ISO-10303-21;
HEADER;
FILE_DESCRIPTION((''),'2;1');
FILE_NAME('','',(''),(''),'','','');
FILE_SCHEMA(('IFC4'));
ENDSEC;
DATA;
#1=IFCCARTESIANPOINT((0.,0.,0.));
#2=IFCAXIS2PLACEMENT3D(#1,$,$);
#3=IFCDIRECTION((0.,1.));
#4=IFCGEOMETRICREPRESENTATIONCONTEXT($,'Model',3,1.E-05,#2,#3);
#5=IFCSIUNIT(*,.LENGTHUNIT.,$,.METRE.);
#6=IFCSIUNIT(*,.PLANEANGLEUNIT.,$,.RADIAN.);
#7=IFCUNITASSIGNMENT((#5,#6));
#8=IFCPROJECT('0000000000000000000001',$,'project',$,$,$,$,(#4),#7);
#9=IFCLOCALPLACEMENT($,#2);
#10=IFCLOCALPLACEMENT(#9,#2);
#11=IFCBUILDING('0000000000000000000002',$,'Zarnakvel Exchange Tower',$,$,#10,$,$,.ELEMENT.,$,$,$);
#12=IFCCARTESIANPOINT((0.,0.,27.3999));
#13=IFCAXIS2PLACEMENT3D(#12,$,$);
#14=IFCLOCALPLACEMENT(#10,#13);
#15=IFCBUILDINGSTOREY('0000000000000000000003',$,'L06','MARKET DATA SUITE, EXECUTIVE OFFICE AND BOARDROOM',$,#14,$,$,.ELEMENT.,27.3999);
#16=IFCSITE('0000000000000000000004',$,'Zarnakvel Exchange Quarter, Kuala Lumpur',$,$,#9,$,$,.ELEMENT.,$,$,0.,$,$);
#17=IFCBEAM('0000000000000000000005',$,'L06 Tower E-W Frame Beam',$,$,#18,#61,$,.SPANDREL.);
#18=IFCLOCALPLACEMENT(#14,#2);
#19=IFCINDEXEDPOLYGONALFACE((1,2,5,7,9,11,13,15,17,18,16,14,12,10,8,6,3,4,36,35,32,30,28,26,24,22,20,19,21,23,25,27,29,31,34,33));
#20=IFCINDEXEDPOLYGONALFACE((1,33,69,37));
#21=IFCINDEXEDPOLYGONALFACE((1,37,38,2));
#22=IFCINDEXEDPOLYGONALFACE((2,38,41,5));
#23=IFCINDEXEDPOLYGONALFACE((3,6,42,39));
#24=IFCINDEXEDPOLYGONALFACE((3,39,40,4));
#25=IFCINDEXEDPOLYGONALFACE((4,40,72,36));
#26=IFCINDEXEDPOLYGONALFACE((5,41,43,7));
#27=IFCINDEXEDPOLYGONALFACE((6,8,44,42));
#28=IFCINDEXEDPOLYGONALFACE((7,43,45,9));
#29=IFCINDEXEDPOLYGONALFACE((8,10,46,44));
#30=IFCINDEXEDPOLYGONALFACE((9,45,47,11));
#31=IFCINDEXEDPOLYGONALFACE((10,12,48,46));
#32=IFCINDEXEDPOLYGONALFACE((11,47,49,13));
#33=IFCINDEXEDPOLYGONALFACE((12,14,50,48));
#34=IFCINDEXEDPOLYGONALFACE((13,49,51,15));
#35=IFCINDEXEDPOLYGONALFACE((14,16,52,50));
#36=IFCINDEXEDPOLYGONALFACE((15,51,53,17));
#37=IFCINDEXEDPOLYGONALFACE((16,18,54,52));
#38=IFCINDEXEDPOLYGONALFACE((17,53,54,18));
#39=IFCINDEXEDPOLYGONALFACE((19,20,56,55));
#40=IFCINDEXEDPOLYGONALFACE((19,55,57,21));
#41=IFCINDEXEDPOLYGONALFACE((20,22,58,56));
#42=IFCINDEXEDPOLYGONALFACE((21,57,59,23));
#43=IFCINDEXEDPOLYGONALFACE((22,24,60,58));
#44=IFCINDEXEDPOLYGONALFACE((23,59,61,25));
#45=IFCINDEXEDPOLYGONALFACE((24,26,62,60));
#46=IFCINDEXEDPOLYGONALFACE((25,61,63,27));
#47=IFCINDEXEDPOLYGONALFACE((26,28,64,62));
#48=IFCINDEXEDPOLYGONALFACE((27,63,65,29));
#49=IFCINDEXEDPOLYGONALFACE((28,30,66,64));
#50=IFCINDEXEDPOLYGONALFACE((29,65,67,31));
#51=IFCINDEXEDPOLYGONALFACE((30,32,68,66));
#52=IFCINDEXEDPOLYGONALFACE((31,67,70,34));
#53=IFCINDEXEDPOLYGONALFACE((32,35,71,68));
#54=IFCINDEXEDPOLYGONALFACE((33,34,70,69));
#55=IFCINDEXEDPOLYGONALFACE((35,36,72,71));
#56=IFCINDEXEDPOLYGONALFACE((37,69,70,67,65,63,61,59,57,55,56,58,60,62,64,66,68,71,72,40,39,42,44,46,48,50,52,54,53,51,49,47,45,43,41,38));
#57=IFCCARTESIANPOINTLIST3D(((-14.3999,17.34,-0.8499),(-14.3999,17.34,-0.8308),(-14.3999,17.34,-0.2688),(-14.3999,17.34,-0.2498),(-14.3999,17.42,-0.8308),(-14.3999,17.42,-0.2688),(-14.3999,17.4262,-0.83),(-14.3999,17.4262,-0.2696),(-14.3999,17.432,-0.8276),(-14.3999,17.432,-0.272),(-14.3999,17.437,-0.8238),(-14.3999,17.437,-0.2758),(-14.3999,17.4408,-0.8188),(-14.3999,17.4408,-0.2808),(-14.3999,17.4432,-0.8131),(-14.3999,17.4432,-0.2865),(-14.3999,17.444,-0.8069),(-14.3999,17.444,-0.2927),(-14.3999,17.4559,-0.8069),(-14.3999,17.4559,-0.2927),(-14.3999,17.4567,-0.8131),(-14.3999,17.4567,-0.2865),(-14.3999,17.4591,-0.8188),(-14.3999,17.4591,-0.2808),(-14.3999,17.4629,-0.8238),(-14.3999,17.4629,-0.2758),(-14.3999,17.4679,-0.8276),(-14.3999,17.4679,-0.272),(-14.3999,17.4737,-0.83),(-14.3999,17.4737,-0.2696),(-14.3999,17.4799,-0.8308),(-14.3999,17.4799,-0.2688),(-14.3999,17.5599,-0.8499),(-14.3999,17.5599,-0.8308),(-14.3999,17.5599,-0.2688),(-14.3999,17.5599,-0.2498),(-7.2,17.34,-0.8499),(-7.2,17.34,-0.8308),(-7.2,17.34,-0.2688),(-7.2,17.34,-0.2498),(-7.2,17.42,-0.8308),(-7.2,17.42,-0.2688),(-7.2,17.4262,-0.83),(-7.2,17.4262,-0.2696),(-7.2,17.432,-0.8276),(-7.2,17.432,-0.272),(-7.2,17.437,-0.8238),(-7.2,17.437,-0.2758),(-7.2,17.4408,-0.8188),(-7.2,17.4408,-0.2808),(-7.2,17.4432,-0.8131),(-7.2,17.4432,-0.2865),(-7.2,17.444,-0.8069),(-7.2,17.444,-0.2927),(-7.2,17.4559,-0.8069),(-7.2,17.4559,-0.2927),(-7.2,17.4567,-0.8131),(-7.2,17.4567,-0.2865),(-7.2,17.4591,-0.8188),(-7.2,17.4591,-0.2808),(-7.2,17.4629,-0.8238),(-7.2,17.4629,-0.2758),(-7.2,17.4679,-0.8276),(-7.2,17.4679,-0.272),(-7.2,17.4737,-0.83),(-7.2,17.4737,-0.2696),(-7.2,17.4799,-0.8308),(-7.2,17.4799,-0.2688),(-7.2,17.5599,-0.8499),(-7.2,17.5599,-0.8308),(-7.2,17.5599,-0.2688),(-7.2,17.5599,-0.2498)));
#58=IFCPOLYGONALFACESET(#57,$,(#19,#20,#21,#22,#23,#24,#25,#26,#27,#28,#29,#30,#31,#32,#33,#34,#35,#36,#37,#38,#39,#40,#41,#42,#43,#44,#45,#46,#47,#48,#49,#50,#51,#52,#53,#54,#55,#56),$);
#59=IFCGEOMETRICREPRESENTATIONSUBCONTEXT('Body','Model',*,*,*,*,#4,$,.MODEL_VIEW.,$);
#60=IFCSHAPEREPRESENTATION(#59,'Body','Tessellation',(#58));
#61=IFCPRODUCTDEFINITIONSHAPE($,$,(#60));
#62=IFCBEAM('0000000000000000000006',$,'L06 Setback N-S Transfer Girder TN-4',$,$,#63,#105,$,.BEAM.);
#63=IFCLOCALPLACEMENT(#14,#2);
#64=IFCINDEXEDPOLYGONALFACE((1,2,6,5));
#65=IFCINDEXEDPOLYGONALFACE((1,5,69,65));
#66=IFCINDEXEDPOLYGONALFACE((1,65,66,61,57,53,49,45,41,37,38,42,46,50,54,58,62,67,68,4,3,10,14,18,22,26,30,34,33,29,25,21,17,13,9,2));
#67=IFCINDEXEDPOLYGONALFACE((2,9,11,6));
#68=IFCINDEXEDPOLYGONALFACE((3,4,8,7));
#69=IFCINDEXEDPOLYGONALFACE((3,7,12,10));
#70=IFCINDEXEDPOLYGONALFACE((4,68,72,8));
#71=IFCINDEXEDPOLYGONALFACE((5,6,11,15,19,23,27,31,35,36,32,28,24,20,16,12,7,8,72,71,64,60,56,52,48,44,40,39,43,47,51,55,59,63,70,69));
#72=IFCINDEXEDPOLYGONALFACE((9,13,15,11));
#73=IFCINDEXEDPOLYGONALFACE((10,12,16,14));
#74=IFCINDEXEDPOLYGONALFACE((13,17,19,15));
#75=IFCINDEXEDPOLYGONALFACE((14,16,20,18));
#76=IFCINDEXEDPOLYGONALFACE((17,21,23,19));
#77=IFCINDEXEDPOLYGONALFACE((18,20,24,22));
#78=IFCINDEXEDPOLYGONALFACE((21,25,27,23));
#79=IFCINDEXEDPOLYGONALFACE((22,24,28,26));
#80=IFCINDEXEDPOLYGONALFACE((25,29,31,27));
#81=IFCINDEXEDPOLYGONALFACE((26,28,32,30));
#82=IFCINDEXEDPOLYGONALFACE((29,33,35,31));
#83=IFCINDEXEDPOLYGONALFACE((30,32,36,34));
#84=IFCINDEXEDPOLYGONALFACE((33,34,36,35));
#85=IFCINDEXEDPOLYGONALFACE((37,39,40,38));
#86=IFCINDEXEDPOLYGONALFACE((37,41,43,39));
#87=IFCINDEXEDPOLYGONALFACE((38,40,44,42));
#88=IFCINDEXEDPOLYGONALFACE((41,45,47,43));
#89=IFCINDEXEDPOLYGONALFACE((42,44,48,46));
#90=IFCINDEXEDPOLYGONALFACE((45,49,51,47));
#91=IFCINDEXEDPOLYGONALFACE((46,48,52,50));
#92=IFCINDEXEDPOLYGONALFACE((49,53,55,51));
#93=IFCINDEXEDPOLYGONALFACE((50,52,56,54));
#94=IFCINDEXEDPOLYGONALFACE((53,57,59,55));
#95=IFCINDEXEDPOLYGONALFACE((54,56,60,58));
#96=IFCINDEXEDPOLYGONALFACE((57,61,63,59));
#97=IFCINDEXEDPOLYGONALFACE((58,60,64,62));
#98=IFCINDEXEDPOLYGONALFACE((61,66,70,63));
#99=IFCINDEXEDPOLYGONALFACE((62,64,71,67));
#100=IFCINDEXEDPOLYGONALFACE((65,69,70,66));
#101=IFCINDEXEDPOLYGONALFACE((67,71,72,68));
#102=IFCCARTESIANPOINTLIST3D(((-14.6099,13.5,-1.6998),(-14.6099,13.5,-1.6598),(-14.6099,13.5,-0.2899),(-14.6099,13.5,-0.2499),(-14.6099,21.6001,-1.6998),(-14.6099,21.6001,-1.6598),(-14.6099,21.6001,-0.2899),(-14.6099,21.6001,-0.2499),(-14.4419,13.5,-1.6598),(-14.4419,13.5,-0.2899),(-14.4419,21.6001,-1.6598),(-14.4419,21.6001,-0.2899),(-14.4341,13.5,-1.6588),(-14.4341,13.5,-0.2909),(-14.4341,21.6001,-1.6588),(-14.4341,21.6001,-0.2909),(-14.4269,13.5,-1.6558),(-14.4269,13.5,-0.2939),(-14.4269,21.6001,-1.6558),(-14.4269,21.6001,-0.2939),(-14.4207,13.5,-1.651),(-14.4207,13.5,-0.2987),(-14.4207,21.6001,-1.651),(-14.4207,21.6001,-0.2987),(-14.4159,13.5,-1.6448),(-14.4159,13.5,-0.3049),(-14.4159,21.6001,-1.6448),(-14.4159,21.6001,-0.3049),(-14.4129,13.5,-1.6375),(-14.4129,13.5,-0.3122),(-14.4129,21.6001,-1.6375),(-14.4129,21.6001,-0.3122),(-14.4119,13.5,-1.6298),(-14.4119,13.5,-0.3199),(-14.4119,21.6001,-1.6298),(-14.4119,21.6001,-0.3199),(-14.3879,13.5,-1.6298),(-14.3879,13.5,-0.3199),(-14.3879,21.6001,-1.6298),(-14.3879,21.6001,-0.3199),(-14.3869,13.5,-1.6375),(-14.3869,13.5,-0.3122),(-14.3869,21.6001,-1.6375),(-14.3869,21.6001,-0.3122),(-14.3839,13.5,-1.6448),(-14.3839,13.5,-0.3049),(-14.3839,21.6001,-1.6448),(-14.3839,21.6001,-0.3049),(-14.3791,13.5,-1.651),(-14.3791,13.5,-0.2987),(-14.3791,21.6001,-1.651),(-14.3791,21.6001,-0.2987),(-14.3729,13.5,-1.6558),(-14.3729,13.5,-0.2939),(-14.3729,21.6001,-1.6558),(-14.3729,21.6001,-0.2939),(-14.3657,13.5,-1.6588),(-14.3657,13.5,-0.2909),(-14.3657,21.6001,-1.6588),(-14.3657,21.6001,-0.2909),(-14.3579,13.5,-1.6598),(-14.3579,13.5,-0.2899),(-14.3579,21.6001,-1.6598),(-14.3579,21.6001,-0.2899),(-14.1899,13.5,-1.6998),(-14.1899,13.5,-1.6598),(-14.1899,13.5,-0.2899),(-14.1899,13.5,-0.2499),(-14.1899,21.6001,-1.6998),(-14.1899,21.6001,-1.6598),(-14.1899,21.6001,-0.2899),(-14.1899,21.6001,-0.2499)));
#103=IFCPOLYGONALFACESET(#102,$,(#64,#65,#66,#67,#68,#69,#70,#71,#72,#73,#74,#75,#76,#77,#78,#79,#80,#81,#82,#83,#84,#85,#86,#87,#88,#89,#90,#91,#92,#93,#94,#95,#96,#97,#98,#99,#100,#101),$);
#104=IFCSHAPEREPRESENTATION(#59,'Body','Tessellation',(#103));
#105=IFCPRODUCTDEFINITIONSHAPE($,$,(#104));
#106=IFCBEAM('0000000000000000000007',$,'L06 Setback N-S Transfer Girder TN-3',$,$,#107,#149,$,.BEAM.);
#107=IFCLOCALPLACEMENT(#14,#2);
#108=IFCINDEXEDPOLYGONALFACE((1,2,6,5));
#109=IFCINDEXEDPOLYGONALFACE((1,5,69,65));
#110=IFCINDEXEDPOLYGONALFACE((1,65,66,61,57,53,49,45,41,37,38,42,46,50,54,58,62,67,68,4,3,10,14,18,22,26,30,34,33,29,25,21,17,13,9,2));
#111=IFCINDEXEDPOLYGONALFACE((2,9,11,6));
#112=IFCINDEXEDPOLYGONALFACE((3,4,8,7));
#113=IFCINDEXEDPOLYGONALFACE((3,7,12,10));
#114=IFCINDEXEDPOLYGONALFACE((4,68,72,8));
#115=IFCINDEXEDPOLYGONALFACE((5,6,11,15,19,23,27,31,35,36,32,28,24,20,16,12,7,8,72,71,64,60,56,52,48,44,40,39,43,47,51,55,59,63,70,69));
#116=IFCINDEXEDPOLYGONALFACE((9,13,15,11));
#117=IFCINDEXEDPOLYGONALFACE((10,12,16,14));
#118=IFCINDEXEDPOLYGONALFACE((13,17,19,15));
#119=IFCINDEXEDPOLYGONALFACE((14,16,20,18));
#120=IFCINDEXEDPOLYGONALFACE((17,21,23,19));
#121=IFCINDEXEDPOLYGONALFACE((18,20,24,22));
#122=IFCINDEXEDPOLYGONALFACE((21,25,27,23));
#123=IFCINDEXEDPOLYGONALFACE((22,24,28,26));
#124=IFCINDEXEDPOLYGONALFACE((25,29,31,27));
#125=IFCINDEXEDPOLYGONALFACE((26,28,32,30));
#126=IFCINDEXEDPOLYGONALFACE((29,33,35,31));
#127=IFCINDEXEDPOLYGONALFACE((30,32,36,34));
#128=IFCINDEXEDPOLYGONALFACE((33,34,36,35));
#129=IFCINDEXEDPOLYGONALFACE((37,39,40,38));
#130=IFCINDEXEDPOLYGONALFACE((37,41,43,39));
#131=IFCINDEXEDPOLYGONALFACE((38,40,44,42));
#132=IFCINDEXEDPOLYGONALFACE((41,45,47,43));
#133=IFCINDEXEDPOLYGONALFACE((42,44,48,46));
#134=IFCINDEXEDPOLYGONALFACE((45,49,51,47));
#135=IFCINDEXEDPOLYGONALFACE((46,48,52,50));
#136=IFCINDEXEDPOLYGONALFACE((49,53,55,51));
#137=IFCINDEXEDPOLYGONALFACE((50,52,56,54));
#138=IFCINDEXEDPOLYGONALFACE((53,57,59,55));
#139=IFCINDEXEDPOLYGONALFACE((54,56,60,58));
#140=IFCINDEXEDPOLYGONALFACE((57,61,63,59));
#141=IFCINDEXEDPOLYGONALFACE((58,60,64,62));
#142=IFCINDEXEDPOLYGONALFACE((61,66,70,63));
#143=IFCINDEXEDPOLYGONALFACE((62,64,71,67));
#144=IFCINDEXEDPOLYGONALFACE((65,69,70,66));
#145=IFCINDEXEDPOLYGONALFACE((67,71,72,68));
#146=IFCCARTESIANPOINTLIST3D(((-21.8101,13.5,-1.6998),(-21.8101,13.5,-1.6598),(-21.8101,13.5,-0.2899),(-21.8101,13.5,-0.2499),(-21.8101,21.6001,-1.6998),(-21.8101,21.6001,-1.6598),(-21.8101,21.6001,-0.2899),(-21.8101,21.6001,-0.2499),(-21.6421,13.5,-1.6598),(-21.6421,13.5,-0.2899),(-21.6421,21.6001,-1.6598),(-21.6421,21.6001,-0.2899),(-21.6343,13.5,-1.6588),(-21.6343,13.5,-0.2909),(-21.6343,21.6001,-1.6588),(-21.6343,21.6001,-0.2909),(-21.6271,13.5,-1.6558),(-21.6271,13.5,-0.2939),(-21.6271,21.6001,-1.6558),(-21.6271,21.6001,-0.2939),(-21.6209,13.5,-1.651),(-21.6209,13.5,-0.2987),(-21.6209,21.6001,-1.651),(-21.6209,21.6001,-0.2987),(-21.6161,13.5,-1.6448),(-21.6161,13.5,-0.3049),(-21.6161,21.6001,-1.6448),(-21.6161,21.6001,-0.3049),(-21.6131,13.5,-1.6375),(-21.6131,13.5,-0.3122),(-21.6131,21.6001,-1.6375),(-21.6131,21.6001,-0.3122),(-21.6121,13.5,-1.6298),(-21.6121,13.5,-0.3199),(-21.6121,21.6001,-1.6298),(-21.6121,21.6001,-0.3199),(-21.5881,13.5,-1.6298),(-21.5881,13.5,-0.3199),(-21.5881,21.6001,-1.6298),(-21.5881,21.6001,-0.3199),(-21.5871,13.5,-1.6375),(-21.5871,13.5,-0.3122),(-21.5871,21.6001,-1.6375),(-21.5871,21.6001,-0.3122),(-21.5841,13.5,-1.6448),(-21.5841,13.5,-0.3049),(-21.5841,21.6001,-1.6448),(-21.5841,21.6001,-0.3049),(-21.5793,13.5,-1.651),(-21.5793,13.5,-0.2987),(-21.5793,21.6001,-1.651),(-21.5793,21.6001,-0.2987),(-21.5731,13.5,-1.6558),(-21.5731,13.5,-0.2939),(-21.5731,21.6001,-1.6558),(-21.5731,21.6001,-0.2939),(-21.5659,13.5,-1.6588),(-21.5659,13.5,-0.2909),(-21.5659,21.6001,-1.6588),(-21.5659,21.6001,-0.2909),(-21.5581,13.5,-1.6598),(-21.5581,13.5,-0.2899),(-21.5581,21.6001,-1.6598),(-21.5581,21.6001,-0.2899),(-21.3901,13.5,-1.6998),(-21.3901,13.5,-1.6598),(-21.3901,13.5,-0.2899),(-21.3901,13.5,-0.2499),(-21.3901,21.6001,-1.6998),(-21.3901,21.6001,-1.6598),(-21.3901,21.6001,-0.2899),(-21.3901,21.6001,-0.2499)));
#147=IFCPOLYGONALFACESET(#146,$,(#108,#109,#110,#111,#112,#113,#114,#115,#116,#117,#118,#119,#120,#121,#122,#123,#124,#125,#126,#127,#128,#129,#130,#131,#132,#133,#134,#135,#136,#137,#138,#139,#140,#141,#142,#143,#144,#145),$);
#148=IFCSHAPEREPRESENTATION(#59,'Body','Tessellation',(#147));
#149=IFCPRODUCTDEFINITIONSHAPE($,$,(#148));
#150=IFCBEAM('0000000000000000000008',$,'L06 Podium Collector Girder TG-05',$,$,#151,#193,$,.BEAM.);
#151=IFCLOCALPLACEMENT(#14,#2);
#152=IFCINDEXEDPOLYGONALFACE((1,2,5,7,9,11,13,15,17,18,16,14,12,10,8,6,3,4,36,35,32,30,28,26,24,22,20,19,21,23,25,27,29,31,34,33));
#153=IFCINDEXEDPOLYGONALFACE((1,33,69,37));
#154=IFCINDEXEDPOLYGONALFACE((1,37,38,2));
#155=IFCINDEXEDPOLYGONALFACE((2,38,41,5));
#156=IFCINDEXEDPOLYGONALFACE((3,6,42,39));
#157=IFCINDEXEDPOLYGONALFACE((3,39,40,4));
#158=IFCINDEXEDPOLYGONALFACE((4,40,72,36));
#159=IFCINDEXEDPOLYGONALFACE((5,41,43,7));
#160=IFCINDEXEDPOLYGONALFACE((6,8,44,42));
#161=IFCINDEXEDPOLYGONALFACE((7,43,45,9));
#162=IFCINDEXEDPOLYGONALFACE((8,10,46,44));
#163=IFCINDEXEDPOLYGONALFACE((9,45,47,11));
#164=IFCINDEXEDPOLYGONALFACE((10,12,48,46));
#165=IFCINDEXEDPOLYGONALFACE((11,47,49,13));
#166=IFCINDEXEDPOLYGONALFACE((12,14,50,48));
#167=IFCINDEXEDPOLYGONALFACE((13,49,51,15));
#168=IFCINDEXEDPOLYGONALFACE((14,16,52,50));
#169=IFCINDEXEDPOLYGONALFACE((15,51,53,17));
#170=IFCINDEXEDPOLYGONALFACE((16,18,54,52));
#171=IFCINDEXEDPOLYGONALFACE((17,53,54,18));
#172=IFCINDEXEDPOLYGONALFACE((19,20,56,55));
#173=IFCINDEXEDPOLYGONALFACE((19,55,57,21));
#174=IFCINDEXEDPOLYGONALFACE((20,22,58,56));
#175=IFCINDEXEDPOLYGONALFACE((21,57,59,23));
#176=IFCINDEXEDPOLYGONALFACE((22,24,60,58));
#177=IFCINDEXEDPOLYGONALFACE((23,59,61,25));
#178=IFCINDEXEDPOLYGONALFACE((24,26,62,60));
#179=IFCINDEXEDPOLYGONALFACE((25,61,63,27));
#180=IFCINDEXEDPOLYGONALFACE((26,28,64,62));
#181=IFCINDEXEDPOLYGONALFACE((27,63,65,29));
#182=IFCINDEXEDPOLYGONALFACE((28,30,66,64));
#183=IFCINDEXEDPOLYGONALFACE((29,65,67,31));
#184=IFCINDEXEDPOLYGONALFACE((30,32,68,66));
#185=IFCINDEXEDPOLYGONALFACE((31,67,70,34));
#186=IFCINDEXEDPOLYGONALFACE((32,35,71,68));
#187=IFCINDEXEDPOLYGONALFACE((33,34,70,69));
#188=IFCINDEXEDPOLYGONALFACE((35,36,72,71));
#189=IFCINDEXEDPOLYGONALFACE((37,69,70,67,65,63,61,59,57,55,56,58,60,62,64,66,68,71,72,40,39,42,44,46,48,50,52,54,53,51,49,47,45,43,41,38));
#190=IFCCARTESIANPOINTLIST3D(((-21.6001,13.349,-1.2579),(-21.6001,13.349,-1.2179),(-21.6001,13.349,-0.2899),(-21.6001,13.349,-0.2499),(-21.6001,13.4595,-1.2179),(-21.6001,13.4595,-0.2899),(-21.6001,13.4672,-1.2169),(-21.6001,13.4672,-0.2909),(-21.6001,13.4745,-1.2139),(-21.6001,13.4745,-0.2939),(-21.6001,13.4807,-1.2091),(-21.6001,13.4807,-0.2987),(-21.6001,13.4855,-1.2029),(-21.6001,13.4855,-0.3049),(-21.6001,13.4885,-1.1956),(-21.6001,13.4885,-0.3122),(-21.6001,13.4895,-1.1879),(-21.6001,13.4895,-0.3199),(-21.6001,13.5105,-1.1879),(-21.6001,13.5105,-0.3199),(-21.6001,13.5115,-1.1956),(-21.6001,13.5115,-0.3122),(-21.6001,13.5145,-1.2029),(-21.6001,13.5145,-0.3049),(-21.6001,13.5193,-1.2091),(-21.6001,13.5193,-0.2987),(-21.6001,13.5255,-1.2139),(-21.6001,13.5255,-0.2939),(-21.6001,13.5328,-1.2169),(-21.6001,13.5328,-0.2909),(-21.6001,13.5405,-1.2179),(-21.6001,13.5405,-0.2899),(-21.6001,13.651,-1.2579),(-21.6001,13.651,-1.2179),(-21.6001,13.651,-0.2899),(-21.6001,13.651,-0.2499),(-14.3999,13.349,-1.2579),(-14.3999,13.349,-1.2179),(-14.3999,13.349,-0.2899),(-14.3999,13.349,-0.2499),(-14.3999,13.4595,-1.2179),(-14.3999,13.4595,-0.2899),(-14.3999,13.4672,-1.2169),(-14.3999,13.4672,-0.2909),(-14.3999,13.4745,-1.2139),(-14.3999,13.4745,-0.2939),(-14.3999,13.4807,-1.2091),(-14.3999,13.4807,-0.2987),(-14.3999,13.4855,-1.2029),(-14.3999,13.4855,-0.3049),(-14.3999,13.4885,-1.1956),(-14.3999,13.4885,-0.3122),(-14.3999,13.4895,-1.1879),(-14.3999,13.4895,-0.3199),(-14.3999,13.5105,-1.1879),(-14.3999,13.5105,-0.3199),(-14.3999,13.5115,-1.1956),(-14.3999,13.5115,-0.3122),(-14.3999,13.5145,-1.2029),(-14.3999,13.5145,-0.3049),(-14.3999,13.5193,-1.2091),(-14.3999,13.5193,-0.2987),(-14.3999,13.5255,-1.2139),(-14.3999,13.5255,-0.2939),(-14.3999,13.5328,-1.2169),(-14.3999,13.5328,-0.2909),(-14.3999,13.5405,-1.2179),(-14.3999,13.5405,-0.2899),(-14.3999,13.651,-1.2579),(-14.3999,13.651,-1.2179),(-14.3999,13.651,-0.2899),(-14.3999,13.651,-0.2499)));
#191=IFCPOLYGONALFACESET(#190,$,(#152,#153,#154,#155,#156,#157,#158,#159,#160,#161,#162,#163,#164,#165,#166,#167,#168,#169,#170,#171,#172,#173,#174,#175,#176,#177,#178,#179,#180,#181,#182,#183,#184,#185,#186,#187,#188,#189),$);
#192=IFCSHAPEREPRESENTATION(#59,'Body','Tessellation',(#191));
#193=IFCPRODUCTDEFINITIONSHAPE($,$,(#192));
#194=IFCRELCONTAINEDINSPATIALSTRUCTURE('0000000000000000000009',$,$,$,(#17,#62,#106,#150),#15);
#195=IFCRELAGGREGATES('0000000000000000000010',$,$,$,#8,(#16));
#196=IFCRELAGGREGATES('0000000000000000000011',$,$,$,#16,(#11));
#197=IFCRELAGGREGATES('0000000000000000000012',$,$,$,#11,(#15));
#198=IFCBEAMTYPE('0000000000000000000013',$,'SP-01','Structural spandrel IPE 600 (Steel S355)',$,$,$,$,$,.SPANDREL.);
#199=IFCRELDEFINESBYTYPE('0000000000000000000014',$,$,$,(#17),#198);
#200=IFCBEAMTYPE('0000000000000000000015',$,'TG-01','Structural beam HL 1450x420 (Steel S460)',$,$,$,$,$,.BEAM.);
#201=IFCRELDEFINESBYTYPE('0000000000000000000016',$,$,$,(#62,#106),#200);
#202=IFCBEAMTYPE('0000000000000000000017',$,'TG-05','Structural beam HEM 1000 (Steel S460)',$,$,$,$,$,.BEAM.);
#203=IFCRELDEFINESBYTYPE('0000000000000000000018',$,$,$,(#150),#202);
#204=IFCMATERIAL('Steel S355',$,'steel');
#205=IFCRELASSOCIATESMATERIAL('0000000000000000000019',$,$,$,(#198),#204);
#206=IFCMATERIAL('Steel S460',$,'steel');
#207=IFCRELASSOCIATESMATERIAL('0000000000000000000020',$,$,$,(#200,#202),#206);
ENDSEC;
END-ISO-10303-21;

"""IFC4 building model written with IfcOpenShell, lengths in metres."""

from ifc_helpers import new_model, si_unit, direction, frame, origin, origin_2d, place, context, subcontext, project, spatial, i_section, extrude, material, material_profile, profile_set, type_object, element, save


model = new_model("IFC4")

# Units and contexts
model_context = context("Model", 3, precision=1e-05, world=origin(), true_north=direction((0.0, 1.0)))
body_context = subcontext(model_context, "Body", "Model", "MODEL_VIEW")
ifc_project = project(units=[si_unit("LENGTHUNIT", "METRE"), si_unit("PLANEANGLEUNIT", "RADIAN")], contexts=[model_context])

# Site, building, storey
site_placement = place(None, origin())
site = spatial("IfcSite", under=ifc_project, at=site_placement, Name="Zarnakvel Exchange Quarter, Kuala Lumpur", CompositionType="ELEMENT", RefElevation=0.0)
building_placement = place(site_placement, origin())
building = spatial("IfcBuilding", under=site, at=building_placement, Name="Zarnakvel Exchange Tower", CompositionType="ELEMENT")
storey_placement = place(building_placement, frame((0.0, 0.0, 27.3999)))
storey = spatial("IfcBuildingStorey", under=building, at=storey_placement, Name="L06", Description="MARKET DATA SUITE, EXECUTIVE OFFICE AND BOARDROOM", CompositionType="ELEMENT", Elevation=27.3999)

# Beams
ifc_material_1 = material(Name="Steel S355", Category="steel")
ifc_material_profile_1 = material_profile(ifc_material_1, i_section(OverallWidth=0.22, OverallDepth=0.6001, WebThickness=0.012, FlangeThickness=0.019, FilletRadius=0.0239, at=origin_2d()))
ifc_profile_set_1 = profile_set([ifc_material_profile_1], Name="Steel S355")
beam_type_1 = type_object("IfcBeamType", Name="SP-01", Description="Structural spandrel IPE 600 (Steel S355)", PredefinedType="SPANDREL", material=ifc_profile_set_1)
beam_1_placement = place(storey_placement, frame((-14.3999, 17.45, -0.5498), z_axis=(1.0, 0.0, 0.0), x_axis=(0.0, 1.0, 0.0)))
element("IfcBeam", 1, at=beam_1_placement, inside=storey, type_object=beam_type_1, Name="L06 Tower E-W Frame Beam", PredefinedType="SPANDREL", context=body_context, shape_type="SweptSolid", body=[
    extrude(i_section(OverallWidth=0.22, OverallDepth=0.6001, WebThickness=0.012, FlangeThickness=0.019, FilletRadius=0.0239, at=origin_2d()), origin(), (0.0, 0.0, 1.0), 7.2),
])
ifc_material_2 = material(Name="Steel S460", Category="steel")
ifc_material_profile_2 = material_profile(ifc_material_2, i_section(OverallWidth=0.4199, OverallDepth=1.45, WebThickness=0.0239, FlangeThickness=0.04, FilletRadius=0.03, at=origin_2d()))
ifc_profile_set_2 = profile_set([ifc_material_profile_2], Name="Steel S460")
beam_type_2 = type_object("IfcBeamType", Name="TG-01", Description="Structural beam HL 1450x420 (Steel S460)", PredefinedType="BEAM", material=ifc_profile_set_2)
for number, where, z_axis, x_axis, name in (
    (2, (-14.3999, 13.5, -0.9749), (0.0, 1.0, 0.0), (-1.0, 0.0, 0.0), "L06 Setback N-S Transfer Girder TN-4"),
    (3, (-21.6001, 13.5, -0.9749), (0.0, 1.0, 0.0), (-1.0, 0.0, 0.0), "L06 Setback N-S Transfer Girder TN-3"),
):
    element("IfcBeam", number, at=place(storey_placement, frame(where, z_axis=z_axis, x_axis=x_axis)), inside=storey, type_object=beam_type_2, Name=name, PredefinedType="BEAM", context=body_context, shape_type="SweptSolid", body=[
        extrude(i_section(OverallWidth=0.4199, OverallDepth=1.45, WebThickness=0.0239, FlangeThickness=0.04, FilletRadius=0.03, at=origin_2d()), origin(), (0.0, 0.0, 1.0), 8.1001),
    ])
ifc_material_profile_3 = material_profile(ifc_material_2, i_section(OverallWidth=0.302, OverallDepth=1.0081, WebThickness=0.021, FlangeThickness=0.04, FilletRadius=0.03, at=origin_2d()))
ifc_profile_set_3 = profile_set([ifc_material_profile_3], Name="Steel S460")
beam_type_3 = type_object("IfcBeamType", Name="TG-05", Description="Structural beam HEM 1000 (Steel S460)", PredefinedType="BEAM", material=ifc_profile_set_3)
beam_2_placement = place(storey_placement, frame((-21.6001, 13.5, -0.7539), z_axis=(1.0, 0.0, 0.0), x_axis=(0.0, 1.0, 0.0)))
element("IfcBeam", 4, at=beam_2_placement, inside=storey, type_object=beam_type_3, Name="L06 Podium Collector Girder TG-05", PredefinedType="BEAM", context=body_context, shape_type="SweptSolid", body=[
    extrude(i_section(OverallWidth=0.302, OverallDepth=1.0081, WebThickness=0.021, FlangeThickness=0.04, FilletRadius=0.03, at=origin_2d()), origin(), (0.0, 0.0, 1.0), 7.2002),
])

save(model, "model.ifc")
